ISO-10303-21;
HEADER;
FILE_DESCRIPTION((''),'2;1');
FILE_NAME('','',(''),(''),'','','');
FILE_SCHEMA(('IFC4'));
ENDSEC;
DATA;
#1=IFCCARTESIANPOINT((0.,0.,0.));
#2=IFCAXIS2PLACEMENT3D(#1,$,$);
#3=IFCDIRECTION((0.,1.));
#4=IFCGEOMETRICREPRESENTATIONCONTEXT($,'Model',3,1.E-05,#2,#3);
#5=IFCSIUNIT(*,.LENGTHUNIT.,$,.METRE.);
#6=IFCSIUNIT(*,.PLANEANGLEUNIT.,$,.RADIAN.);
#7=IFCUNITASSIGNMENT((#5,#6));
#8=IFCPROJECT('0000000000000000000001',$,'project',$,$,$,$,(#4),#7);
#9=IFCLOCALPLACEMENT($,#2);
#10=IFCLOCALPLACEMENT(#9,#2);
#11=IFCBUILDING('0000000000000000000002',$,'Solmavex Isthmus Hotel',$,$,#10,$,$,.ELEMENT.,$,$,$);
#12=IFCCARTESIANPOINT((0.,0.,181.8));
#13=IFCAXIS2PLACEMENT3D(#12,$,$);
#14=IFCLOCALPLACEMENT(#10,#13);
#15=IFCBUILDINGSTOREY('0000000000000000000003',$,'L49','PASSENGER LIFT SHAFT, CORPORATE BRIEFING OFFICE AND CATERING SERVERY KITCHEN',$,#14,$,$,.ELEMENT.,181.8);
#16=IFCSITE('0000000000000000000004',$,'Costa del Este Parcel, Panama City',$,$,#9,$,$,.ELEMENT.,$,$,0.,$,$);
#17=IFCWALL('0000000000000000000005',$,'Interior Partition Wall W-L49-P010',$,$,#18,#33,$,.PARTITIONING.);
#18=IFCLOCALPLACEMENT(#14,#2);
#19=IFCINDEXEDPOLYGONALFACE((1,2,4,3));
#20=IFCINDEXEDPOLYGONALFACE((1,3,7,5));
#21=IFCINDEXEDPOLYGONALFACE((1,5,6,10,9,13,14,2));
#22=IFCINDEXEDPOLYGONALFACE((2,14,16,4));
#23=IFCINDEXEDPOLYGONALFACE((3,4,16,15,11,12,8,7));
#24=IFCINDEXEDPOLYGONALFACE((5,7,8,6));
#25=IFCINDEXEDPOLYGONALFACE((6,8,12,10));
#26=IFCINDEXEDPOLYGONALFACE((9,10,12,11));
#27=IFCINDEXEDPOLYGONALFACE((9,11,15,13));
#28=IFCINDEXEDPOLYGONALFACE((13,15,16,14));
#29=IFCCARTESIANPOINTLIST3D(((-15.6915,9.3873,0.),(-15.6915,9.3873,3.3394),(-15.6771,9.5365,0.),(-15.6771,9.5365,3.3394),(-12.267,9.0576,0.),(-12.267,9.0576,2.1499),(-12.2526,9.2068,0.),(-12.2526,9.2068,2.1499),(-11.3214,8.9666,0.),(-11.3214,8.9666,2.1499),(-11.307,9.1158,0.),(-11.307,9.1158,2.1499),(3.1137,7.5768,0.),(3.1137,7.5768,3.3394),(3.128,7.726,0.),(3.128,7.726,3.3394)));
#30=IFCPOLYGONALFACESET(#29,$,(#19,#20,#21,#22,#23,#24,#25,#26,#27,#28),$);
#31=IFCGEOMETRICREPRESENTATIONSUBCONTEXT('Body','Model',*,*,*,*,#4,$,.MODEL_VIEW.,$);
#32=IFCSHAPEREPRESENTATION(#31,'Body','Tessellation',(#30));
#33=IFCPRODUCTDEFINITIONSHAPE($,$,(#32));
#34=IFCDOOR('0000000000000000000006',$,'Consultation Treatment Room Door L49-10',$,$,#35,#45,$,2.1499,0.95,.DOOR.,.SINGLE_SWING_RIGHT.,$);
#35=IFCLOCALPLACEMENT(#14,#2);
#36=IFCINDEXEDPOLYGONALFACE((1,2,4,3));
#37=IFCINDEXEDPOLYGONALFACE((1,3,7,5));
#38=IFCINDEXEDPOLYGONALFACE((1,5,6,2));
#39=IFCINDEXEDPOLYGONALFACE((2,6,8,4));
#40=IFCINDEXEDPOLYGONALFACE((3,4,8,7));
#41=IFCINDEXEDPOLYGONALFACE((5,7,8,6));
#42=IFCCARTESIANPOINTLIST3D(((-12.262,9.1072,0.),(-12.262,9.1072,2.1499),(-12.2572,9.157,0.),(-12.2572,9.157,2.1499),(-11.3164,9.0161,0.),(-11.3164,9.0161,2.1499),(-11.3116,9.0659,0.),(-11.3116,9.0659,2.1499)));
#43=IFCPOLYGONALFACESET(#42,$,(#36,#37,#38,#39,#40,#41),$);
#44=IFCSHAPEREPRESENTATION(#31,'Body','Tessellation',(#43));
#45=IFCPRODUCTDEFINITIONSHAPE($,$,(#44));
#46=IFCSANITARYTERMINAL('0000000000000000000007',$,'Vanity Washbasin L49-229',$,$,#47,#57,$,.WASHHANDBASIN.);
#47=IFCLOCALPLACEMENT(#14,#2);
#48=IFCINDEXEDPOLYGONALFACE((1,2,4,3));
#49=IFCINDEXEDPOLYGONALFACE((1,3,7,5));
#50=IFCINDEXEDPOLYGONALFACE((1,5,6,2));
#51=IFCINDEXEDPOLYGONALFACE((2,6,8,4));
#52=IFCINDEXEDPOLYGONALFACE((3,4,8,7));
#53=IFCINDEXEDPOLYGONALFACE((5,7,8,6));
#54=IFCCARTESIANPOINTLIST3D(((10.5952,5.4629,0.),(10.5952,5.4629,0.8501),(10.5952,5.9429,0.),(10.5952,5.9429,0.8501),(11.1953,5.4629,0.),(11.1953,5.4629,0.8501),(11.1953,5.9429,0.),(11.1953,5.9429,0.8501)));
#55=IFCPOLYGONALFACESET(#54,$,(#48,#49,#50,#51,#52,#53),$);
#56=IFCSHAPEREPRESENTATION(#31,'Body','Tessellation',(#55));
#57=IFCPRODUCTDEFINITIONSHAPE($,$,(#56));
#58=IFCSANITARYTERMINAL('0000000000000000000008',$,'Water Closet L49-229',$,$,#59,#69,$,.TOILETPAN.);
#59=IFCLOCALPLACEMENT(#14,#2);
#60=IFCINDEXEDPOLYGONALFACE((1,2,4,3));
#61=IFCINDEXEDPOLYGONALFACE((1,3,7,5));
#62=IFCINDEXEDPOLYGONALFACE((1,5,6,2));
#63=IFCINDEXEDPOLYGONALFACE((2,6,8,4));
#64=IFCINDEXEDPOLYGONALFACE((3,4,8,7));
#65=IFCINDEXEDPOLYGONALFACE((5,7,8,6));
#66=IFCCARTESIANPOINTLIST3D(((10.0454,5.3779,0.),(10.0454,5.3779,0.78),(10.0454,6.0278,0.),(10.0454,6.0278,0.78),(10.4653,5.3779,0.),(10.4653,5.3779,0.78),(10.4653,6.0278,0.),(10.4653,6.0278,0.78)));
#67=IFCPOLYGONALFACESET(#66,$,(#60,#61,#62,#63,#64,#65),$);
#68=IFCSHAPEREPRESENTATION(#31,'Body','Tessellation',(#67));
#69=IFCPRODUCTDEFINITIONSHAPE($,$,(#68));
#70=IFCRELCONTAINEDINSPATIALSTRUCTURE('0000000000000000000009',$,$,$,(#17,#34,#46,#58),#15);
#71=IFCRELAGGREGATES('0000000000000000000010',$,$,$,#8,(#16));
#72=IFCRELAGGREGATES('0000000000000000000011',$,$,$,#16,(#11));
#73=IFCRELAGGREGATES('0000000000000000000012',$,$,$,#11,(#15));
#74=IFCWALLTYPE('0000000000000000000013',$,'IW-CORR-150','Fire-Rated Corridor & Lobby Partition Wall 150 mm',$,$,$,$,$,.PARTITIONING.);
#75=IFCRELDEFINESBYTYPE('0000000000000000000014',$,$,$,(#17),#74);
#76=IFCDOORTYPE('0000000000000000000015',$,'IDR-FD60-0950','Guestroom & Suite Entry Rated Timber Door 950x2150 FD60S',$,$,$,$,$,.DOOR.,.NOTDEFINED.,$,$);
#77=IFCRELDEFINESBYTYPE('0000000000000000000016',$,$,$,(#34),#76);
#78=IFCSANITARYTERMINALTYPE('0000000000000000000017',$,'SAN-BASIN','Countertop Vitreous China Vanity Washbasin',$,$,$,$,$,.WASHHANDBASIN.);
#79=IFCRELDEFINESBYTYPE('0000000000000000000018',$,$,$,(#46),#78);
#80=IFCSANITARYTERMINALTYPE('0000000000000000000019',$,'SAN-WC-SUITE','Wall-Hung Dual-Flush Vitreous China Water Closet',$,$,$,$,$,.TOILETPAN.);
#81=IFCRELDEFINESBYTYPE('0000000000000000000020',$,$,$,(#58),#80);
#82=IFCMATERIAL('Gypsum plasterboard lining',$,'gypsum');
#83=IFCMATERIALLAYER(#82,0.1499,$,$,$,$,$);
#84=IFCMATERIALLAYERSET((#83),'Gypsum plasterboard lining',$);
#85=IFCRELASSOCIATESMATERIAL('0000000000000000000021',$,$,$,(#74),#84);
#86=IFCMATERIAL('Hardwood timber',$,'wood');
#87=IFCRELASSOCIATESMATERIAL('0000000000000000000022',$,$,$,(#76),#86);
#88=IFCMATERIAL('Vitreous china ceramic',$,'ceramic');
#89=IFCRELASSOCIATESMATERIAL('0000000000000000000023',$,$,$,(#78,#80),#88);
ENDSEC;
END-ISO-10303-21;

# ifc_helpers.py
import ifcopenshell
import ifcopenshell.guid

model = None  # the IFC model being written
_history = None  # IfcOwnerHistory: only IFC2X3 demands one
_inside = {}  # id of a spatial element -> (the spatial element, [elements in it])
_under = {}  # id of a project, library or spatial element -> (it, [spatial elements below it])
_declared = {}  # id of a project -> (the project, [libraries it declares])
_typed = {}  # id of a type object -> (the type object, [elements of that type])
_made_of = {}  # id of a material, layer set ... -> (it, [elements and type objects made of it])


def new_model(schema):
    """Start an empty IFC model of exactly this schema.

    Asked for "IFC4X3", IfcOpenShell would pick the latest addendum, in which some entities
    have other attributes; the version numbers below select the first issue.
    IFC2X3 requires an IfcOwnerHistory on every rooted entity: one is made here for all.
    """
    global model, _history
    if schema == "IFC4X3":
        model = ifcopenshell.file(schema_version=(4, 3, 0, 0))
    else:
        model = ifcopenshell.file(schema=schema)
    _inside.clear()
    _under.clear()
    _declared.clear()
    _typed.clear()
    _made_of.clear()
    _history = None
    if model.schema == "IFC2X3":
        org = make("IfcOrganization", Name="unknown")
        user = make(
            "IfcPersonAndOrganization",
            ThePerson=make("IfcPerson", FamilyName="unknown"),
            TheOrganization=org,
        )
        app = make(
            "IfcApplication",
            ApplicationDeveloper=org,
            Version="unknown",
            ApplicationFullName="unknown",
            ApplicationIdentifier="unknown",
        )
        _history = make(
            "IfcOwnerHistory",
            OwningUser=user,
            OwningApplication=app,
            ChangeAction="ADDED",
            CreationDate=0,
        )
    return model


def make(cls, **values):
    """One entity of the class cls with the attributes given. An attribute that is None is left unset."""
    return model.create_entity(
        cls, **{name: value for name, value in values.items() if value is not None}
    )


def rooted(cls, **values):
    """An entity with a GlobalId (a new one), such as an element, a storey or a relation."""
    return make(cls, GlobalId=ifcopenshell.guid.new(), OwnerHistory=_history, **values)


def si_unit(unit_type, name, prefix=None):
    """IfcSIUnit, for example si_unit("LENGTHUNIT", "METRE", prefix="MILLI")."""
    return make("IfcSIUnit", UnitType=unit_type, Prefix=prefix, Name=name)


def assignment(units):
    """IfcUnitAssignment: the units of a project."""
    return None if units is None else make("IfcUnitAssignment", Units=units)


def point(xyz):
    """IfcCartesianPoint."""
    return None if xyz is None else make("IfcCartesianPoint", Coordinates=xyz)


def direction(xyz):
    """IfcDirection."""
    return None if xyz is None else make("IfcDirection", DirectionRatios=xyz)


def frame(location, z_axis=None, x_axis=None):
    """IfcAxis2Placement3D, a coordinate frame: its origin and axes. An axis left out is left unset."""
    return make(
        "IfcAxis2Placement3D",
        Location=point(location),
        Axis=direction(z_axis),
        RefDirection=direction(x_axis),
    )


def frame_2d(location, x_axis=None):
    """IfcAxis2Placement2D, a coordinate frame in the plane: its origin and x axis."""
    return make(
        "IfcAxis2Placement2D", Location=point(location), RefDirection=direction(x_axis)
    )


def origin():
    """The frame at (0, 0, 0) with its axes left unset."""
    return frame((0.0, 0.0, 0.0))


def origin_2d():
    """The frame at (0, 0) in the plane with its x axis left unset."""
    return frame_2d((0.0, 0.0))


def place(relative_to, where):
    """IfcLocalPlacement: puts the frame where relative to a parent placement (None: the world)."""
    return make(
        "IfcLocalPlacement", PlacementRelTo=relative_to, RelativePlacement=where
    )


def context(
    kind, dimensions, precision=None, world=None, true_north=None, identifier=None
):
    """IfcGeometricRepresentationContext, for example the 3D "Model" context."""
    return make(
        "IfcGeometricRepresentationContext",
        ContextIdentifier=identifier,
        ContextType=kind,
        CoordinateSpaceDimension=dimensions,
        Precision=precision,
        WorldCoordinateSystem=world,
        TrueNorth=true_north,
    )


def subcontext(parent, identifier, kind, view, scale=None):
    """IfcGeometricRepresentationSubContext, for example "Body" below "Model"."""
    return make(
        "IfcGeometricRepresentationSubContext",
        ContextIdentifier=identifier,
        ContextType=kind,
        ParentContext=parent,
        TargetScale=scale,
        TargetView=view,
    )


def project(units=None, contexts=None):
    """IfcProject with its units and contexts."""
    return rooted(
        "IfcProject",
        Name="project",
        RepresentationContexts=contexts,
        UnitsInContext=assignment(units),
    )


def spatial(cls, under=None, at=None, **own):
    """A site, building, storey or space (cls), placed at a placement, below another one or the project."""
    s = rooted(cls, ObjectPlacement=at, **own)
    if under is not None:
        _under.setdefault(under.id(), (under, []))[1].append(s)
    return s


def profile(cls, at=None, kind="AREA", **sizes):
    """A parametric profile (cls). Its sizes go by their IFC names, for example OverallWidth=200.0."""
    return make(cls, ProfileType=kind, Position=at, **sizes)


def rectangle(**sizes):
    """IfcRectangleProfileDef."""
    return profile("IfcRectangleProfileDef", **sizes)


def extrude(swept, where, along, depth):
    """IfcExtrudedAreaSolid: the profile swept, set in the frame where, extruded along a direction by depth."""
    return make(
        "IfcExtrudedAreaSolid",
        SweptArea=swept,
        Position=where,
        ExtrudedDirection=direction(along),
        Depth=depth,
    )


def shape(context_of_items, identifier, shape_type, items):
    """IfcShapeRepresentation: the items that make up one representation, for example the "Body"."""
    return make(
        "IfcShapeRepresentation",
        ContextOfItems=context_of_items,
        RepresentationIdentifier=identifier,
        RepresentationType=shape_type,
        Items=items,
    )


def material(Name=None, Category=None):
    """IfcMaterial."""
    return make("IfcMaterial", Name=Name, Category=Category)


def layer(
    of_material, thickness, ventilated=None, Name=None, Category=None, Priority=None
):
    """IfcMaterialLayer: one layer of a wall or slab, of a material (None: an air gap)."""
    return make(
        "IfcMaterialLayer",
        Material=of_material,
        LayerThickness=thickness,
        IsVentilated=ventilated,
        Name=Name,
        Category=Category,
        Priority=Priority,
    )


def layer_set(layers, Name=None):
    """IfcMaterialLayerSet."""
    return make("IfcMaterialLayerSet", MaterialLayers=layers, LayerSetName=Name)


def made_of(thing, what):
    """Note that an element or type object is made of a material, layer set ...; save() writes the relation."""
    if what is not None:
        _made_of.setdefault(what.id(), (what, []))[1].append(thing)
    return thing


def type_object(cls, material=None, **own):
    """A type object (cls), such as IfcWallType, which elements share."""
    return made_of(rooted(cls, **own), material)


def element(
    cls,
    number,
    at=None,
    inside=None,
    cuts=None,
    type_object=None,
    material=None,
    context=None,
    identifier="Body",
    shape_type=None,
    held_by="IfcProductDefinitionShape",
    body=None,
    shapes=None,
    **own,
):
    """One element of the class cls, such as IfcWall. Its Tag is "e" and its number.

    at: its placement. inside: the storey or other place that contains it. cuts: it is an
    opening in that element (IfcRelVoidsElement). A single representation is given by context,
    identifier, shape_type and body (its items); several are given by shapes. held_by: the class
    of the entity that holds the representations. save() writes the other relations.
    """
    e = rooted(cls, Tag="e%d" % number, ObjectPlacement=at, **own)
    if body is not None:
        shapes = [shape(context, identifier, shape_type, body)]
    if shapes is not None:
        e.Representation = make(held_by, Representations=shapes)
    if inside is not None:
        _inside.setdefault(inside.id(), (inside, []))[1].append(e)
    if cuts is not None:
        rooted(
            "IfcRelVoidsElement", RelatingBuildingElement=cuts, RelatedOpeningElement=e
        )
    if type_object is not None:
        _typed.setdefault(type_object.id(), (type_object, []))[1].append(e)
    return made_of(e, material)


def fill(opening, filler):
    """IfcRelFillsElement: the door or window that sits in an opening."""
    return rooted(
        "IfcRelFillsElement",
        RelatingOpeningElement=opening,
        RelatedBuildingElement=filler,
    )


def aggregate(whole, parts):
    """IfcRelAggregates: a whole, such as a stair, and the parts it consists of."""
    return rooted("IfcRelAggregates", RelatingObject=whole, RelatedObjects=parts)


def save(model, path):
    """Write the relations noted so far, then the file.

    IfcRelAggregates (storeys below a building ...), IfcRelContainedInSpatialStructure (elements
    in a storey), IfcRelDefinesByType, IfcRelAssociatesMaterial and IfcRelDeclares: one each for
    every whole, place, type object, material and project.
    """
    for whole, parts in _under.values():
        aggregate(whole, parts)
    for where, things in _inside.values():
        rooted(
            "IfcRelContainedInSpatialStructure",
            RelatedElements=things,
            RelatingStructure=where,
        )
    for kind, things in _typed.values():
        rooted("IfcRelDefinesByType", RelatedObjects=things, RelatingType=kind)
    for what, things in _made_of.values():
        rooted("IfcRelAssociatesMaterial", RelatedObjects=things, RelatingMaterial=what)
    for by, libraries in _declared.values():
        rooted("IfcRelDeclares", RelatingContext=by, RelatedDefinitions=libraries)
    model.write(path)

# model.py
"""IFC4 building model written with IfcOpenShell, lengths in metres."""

from ifc_helpers import new_model, si_unit, direction, frame, frame_2d, origin, origin_2d, place, context, subcontext, project, spatial, rectangle, extrude, material, layer, layer_set, type_object, element, fill, save


model = new_model("IFC4")

# Units and contexts
model_context = context("Model", 3, precision=1e-05, world=origin(), true_north=direction((0.0, 1.0)))
body_context = subcontext(model_context, "Body", "Model", "MODEL_VIEW")
ifc_project = project(units=[si_unit("LENGTHUNIT", "METRE"), si_unit("PLANEANGLEUNIT", "RADIAN")], contexts=[model_context])

# Site, building, storey
site_placement = place(None, origin())
site = spatial("IfcSite", under=ifc_project, at=site_placement, Name="Costa del Este Parcel, Panama City", CompositionType="ELEMENT", RefElevation=0.0)
building_placement = place(site_placement, origin())
building = spatial("IfcBuilding", under=site, at=building_placement, Name="Solmavex Isthmus Hotel", CompositionType="ELEMENT")
storey_placement = place(building_placement, frame((0.0, 0.0, 181.8)))
storey = spatial("IfcBuildingStorey", under=building, at=storey_placement, Name="L49", Description="PASSENGER LIFT SHAFT, CORPORATE BRIEFING OFFICE AND CATERING SERVERY KITCHEN", CompositionType="ELEMENT", Elevation=181.8)

# Shared definitions
ifc_material_1 = material(Name="Gypsum plasterboard lining", Category="gypsum")

# Shared definitions
ifc_layer_1 = layer(ifc_material_1, 0.1499)
ifc_layer_set_1 = layer_set([ifc_layer_1], Name="Gypsum plasterboard lining")
wall_type_1 = type_object("IfcWallType", Name="IW-CORR-150", Description="Fire-Rated Corridor & Lobby Partition Wall 150 mm", PredefinedType="PARTITIONING", material=ifc_layer_set_1)
ifc_material_2 = material(Name="Hardwood timber", Category="wood")
door_type_1 = type_object("IfcDoorType", Name="IDR-FD60-0950", Description="Guestroom & Suite Entry Rated Timber Door 950x2150 FD60S", OperationType="NOTDEFINED", PredefinedType="DOOR", material=ifc_material_2)

# Wall, opening, door
wall_1_placement = place(storey_placement, frame((3.1208, 7.6514, 0.0), z_axis=(0.0, 0.0, 1.0), x_axis=(-0.995397, 0.095836, 0.0)))
wall_1 = element("IfcWall", 1, at=wall_1_placement, inside=storey, type_object=wall_type_1, Name="Interior Partition Wall W-L49-P010", PredefinedType="PARTITIONING", context=body_context, shape_type="SweptSolid", body=[
    extrude(rectangle(XDim=18.8921, YDim=0.1499, at=frame_2d((9.446, 0.0))), origin(), (0.0, 0.0, 1.0), 3.3394),
])
opening_1_placement = place(wall_1_placement, frame((14.5017, 0.0, 0.0)))
opening_1 = element("IfcOpeningElement", 2, at=opening_1_placement, cuts=wall_1, PredefinedType="OPENING", context=body_context, shape_type="SweptSolid", body=[
    extrude(rectangle(XDim=0.95, YDim=2.1499, at=frame_2d((0.4751, 1.075))), frame((0.0, 0.085, 0.0), z_axis=(0.0, -1.0, 0.0), x_axis=(1.0, 0.0, 0.0)), (0.0, 0.0, 1.0), 0.1699),
])
door_1_placement = place(opening_1_placement, frame((0.95, 0.0, 0.0), z_axis=(0.0, 0.0, 1.0), x_axis=(-1.0, 0.0, 0.0)))
door_1 = element("IfcDoor", 3, at=door_1_placement, inside=storey, type_object=door_type_1, Name="Consultation Treatment Room Door L49-10", OperationType="SINGLE_SWING_RIGHT", OverallHeight=2.1499, OverallWidth=0.95, PredefinedType="DOOR", context=body_context, shape_type="SweptSolid", body=[
    extrude(rectangle(XDim=0.95, YDim=2.1499, at=frame_2d((0.4751, 1.075))), frame((0.0, 0.0249, 0.0), z_axis=(0.0, -1.0, 0.0), x_axis=(1.0, 0.0, 0.0)), (0.0, 0.0, 1.0), 0.05),
])
fill(opening_1, door_1)

# Sanitary terminals
ifc_material_3 = material(Name="Vitreous china ceramic", Category="ceramic")
sanitary_terminal_type_1 = type_object("IfcSanitaryTerminalType", Name="SAN-BASIN", Description="Countertop Vitreous China Vanity Washbasin", PredefinedType="WASHHANDBASIN", material=ifc_material_3)
sanitary_terminal_1_placement = place(storey_placement, frame((10.8953, 5.7029, 0.0), z_axis=(0.0, 0.0, 1.0), x_axis=(1.0, 0.0, 0.0)))
element("IfcSanitaryTerminal", 4, at=sanitary_terminal_1_placement, inside=storey, type_object=sanitary_terminal_type_1, Name="Vanity Washbasin L49-229", PredefinedType="WASHHANDBASIN", context=body_context, shape_type="SweptSolid", body=[
    extrude(rectangle(XDim=0.6001, YDim=0.48, at=origin_2d()), origin(), (0.0, 0.0, 1.0), 0.8501),
])
sanitary_terminal_type_2 = type_object("IfcSanitaryTerminalType", Name="SAN-WC-SUITE", Description="Wall-Hung Dual-Flush Vitreous China Water Closet", PredefinedType="TOILETPAN", material=ifc_material_3)
sanitary_terminal_2_placement = place(storey_placement, frame((10.2554, 5.7029, 0.0), z_axis=(0.0, 0.0, 1.0), x_axis=(1.0, 0.0, 0.0)))
element("IfcSanitaryTerminal", 5, at=sanitary_terminal_2_placement, inside=storey, type_object=sanitary_terminal_type_2, Name="Water Closet L49-229", PredefinedType="TOILETPAN", context=body_context, shape_type="SweptSolid", body=[
    extrude(rectangle(XDim=0.4199, YDim=0.6499, at=origin_2d()), origin(), (0.0, 0.0, 1.0), 0.78),
])

save(model, "model.ifc")
